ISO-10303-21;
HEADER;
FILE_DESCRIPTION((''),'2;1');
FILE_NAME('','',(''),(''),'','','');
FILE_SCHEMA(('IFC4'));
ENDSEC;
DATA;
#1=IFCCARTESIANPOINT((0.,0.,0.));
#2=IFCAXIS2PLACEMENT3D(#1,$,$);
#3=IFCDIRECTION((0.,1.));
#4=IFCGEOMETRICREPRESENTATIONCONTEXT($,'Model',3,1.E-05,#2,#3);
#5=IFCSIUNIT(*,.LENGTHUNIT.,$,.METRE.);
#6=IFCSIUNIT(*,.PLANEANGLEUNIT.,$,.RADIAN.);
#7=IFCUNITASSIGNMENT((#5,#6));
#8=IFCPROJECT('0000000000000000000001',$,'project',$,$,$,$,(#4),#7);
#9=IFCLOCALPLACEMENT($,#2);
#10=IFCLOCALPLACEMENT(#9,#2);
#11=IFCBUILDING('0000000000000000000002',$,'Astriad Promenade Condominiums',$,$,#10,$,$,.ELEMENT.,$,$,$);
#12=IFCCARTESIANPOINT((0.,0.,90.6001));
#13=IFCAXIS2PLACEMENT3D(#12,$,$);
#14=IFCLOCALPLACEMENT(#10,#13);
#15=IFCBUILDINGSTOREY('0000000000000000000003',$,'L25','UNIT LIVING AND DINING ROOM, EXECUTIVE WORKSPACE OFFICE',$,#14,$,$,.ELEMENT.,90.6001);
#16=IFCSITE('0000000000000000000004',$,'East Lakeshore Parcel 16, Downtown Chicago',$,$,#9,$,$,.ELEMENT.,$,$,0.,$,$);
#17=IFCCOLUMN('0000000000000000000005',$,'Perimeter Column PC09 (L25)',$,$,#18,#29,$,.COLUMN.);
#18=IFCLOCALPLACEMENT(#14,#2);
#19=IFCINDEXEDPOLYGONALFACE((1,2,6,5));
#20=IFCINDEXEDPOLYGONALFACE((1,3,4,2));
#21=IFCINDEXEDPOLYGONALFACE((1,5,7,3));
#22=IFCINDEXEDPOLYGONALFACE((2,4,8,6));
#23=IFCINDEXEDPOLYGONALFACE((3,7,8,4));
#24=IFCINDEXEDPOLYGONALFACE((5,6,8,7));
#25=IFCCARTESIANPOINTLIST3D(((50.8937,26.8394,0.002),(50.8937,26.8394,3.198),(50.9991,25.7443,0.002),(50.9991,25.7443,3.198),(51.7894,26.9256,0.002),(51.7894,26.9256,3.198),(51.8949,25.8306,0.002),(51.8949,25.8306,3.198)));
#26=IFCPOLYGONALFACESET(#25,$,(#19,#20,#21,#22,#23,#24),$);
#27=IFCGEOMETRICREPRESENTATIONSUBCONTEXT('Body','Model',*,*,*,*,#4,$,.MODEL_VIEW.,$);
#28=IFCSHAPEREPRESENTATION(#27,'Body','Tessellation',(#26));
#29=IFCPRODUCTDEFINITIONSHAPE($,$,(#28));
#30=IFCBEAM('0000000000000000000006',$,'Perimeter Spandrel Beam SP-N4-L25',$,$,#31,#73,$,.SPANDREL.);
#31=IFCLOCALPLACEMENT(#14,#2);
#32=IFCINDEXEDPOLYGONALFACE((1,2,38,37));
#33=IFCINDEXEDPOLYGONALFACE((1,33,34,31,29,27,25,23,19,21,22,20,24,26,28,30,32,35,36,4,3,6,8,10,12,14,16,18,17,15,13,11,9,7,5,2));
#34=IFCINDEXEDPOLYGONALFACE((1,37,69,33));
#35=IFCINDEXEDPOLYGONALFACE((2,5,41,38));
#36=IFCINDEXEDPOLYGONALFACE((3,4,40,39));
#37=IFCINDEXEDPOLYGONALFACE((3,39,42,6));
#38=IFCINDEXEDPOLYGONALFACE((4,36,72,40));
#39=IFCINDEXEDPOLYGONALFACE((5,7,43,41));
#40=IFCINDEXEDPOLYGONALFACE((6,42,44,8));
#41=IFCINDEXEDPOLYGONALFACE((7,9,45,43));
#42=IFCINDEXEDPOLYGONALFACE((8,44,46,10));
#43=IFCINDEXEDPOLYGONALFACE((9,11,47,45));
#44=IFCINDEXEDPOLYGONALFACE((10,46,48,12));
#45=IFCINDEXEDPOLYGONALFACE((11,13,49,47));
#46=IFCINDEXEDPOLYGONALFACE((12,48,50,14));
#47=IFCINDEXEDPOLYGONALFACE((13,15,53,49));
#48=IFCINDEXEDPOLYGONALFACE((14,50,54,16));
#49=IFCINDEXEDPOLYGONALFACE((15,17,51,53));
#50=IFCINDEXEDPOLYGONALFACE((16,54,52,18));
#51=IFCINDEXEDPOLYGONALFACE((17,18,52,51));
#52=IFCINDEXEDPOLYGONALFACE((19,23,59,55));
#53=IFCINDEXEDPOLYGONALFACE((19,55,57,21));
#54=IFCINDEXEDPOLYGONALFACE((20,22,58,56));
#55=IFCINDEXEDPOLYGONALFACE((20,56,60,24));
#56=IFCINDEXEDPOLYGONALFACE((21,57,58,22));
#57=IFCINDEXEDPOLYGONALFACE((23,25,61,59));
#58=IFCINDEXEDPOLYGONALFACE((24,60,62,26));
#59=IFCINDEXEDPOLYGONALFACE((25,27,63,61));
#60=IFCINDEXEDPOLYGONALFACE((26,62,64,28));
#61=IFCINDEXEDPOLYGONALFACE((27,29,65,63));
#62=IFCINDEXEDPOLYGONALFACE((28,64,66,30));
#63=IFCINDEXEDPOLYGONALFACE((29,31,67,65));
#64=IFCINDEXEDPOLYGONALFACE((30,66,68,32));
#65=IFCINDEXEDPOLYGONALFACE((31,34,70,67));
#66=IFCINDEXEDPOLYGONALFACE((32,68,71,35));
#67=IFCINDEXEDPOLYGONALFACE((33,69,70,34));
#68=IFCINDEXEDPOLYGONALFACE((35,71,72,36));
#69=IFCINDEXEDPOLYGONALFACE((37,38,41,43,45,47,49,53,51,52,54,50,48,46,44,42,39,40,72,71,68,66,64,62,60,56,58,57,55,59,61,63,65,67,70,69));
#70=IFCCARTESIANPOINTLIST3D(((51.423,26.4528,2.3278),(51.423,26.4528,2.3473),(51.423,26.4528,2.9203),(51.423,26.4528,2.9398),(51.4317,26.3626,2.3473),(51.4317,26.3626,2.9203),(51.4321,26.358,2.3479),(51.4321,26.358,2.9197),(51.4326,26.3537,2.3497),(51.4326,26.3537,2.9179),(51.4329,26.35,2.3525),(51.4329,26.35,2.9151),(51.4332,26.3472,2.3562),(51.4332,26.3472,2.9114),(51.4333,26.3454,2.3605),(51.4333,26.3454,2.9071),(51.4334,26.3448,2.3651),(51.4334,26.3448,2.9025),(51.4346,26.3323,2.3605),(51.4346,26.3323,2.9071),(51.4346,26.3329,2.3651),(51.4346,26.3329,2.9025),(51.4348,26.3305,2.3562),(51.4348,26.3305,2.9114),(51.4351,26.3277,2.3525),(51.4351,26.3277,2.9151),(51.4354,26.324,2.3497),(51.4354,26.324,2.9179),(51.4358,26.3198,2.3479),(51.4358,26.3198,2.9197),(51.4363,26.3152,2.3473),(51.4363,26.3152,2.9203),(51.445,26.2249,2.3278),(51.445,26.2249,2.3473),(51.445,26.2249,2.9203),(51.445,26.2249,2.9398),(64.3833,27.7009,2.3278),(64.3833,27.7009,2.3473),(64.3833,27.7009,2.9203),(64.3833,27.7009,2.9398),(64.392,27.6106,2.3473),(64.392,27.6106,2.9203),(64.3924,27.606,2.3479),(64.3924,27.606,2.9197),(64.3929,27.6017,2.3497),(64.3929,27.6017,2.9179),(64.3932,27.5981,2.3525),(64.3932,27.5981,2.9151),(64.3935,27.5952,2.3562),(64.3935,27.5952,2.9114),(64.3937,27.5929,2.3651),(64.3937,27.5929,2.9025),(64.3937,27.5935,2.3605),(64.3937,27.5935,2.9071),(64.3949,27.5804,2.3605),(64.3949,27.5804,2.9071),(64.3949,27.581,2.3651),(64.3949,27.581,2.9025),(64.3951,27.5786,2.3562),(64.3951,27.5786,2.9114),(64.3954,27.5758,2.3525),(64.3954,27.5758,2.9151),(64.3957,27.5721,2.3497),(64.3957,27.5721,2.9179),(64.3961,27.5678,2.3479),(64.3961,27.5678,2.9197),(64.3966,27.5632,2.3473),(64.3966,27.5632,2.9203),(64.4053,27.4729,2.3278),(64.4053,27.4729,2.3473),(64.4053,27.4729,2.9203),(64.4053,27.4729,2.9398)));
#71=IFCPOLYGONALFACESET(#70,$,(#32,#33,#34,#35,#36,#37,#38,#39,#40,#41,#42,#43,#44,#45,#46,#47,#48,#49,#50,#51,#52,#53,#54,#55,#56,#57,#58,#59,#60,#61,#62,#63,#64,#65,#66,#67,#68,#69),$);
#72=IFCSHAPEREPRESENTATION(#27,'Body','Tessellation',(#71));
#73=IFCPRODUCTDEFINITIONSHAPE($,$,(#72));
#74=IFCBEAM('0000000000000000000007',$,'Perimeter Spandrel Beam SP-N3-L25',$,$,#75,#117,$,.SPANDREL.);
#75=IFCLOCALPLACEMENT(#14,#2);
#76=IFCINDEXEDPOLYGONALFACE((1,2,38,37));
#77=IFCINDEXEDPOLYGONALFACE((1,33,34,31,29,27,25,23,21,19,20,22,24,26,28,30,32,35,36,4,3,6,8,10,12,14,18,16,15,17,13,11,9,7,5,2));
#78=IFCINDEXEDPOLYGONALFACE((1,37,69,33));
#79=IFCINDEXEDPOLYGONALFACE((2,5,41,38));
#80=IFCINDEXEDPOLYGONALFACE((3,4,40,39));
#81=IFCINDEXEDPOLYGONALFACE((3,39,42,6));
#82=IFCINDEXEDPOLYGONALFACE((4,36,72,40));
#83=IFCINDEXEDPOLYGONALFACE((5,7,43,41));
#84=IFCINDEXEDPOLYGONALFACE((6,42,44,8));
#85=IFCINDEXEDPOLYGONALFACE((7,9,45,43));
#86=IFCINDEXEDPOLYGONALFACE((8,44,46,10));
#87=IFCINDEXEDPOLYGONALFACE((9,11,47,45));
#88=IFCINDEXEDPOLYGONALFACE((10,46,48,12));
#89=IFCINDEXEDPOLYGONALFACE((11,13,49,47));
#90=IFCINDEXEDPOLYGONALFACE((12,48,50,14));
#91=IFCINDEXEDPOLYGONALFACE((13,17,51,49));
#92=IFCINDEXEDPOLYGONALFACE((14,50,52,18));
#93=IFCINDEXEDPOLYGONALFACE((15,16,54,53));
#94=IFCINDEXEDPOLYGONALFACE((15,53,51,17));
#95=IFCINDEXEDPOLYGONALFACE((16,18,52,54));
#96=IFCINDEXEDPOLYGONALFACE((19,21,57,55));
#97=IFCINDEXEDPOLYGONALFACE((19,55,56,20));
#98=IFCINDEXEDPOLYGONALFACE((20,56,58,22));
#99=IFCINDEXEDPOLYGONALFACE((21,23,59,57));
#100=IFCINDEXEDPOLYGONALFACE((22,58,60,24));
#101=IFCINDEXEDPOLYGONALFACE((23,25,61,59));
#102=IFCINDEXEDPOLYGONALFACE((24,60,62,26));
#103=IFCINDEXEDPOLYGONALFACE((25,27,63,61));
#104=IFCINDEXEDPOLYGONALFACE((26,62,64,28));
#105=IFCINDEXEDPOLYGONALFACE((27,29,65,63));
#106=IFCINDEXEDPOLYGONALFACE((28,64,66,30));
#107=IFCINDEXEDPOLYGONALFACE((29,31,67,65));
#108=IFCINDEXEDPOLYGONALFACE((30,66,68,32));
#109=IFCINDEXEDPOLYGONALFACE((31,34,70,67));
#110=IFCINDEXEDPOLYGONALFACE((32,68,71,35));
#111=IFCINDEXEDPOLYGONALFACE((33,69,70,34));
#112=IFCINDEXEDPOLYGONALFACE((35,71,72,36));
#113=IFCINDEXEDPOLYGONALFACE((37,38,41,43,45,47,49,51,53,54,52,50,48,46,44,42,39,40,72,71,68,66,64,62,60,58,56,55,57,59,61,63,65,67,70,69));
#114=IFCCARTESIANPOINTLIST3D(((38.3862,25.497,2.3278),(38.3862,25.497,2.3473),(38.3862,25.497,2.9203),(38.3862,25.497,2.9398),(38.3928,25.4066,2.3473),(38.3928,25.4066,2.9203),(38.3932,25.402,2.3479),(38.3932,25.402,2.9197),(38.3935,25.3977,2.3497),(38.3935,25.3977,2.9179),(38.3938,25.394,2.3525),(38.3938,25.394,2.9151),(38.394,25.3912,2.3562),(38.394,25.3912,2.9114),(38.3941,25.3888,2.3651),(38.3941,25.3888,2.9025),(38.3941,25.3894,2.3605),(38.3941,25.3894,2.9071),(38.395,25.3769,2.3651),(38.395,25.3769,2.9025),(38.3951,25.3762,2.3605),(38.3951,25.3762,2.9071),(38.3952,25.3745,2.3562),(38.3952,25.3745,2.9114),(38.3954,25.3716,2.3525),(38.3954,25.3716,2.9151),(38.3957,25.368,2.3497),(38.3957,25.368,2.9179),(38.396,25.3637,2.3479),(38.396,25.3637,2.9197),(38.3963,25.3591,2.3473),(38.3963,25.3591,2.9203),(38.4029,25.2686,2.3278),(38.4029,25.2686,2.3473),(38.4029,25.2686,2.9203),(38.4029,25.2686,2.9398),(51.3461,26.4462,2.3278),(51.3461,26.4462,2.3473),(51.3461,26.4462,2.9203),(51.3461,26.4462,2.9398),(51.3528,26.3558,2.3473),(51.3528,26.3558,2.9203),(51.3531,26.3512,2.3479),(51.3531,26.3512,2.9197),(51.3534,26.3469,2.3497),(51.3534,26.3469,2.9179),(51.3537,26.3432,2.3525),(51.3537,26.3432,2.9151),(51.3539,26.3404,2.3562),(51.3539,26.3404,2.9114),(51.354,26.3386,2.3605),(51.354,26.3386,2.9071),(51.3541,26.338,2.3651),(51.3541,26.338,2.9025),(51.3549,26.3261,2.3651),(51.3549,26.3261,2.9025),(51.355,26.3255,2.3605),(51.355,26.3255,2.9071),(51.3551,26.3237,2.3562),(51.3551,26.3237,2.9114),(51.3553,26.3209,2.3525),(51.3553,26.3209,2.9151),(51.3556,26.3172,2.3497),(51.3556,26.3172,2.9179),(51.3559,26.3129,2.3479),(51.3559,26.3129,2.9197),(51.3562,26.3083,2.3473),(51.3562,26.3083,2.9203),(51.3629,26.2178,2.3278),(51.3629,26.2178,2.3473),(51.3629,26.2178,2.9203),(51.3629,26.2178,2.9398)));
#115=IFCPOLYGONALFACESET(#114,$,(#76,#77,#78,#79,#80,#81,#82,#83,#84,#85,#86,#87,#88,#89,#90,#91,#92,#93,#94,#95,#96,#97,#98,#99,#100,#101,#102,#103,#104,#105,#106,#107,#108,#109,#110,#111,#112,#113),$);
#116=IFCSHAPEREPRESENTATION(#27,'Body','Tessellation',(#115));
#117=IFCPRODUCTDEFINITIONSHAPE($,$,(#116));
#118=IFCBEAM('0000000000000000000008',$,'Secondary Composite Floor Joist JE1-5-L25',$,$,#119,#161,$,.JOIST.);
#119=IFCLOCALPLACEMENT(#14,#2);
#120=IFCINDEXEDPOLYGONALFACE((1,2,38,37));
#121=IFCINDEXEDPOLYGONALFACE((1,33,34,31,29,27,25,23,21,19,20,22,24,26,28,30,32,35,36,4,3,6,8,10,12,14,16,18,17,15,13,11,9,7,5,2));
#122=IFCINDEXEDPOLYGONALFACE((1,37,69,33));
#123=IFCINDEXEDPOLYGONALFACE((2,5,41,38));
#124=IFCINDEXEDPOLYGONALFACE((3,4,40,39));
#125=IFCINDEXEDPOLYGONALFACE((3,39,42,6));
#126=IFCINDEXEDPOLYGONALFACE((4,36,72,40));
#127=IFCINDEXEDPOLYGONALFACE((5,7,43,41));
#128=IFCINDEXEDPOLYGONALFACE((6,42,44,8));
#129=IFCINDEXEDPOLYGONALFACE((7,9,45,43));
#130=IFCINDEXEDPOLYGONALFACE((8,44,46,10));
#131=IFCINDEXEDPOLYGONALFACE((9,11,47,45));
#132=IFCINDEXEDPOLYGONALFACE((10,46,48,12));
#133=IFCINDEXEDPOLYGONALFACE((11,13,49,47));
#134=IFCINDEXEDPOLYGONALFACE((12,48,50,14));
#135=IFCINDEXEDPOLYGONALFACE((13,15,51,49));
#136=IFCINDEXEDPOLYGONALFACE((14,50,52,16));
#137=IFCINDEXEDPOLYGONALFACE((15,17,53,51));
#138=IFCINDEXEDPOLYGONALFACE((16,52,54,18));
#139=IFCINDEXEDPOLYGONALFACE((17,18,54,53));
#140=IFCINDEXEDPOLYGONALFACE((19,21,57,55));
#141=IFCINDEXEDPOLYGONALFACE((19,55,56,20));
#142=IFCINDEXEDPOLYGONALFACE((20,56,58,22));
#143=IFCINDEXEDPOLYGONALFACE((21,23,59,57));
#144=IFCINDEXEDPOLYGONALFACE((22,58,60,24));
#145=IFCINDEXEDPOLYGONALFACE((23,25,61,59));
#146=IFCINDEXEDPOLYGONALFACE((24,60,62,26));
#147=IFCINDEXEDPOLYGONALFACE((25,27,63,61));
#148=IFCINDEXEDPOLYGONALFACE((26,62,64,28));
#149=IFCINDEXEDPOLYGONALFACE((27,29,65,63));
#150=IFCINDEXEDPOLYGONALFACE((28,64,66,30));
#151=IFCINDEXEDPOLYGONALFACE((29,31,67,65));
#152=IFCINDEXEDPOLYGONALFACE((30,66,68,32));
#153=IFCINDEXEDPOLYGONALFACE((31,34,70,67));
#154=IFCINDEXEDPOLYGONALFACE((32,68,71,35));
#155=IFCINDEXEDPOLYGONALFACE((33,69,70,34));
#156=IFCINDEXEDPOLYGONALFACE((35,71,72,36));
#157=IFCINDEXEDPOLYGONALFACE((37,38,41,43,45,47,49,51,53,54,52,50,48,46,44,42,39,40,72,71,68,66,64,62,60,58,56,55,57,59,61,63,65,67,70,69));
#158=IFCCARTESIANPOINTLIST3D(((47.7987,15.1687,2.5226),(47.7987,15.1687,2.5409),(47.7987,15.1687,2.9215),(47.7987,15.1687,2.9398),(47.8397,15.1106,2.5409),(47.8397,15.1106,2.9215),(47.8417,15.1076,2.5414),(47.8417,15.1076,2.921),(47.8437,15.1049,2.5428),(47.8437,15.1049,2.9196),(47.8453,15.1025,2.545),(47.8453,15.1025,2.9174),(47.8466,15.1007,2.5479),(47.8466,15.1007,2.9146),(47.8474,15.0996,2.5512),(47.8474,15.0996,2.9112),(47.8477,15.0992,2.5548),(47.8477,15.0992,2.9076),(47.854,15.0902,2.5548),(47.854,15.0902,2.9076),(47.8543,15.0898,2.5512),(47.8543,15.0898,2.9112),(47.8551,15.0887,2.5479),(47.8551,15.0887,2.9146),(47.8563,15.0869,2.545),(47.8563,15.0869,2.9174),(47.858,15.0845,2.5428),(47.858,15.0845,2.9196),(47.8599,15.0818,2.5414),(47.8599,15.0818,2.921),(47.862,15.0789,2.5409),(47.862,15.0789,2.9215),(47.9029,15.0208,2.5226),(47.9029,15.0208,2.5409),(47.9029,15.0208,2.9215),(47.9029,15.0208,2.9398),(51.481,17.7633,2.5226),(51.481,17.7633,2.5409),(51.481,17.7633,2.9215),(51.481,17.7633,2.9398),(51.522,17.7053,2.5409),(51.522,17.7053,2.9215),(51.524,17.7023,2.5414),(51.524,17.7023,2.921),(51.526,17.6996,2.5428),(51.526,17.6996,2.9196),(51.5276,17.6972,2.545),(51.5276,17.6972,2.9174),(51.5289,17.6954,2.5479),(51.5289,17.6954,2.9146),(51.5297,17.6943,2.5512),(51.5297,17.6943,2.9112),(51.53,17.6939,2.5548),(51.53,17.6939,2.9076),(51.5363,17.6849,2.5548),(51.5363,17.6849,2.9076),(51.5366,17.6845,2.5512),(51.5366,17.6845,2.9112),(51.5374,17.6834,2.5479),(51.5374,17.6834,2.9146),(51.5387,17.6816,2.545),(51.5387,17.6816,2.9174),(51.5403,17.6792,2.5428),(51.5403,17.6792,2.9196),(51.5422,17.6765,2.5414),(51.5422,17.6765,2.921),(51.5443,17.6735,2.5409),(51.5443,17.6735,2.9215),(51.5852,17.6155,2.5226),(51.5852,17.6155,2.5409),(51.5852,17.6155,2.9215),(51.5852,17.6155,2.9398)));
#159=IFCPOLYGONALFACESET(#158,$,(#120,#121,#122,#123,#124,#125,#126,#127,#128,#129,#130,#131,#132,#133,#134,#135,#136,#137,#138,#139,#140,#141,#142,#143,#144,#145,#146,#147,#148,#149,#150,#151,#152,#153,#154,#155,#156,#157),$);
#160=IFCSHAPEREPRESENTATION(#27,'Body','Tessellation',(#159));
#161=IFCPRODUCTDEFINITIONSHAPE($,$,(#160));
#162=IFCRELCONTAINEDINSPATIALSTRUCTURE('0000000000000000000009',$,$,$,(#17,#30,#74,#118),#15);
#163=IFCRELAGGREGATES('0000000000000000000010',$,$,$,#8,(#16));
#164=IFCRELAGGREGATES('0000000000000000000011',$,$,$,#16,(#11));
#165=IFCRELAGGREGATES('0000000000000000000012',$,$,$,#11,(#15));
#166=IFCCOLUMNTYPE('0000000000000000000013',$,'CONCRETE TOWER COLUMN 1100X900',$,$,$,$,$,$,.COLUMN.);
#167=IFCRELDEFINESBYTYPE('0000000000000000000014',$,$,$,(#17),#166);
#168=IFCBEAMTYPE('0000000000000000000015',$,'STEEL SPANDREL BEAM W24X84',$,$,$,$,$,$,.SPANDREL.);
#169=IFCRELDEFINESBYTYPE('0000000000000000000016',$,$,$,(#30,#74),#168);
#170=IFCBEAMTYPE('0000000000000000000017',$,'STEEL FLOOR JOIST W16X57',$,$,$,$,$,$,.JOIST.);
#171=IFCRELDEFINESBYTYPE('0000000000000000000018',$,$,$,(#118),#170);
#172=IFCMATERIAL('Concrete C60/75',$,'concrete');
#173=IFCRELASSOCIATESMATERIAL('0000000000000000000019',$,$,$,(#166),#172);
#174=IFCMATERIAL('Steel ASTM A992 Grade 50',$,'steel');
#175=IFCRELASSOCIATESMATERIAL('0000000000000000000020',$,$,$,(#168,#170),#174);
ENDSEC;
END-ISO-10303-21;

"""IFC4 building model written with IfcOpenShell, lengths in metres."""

from ifc_helpers import new_model, si_unit, direction, frame, origin, origin_2d, place, context, subcontext, project, spatial, rectangle, i_section, extrude, source, transform, mapped, material, material_profile, profile_set, type_object, type_shapes, element, save


model = new_model("IFC4")

# Units and contexts
model_context = context("Model", 3, precision=1e-05, world=origin(), true_north=direction((0.0, 1.0)))
body_context = subcontext(model_context, "Body", "Model", "MODEL_VIEW")
ifc_project = project(units=[si_unit("LENGTHUNIT", "METRE"), si_unit("PLANEANGLEUNIT", "RADIAN")], contexts=[model_context])

# Site, building, storey
site_placement = place(None, origin())
site = spatial("IfcSite", under=ifc_project, at=site_placement, Name="East Lakeshore Parcel 16, Downtown Chicago", CompositionType="ELEMENT", RefElevation=0.0)
building_placement = place(site_placement, origin())
building = spatial("IfcBuilding", under=site, at=building_placement, Name="Astriad Promenade Condominiums", CompositionType="ELEMENT")
storey_placement = place(building_placement, frame((0.0, 0.0, 90.6001)))
storey = spatial("IfcBuildingStorey", under=building, at=storey_placement, Name="L25", Description="UNIT LIVING AND DINING ROOM, EXECUTIVE WORKSPACE OFFICE", CompositionType="ELEMENT", Elevation=90.6001)

# Column
ifc_material_1 = material(Name="Concrete C60/75", Category="concrete")
ifc_material_profile_1 = material_profile(ifc_material_1, rectangle(XDim=0.8999, YDim=1.1001, at=origin_2d()), Name="RC-COL-1100X900")
ifc_profile_set_1 = profile_set([ifc_material_profile_1], Name="Concrete C60/75")
column_type = type_object("IfcColumnType", Name="CONCRETE TOWER COLUMN 1100X900", PredefinedType="COLUMN", material=ifc_profile_set_1)
shared_shape_1 = source(origin(), body_context, "Body", "SweptSolid", [
    extrude(rectangle(XDim=0.8999, YDim=1.1001, at=origin_2d()), origin(), (0.0, 0.0, 1.0), 3.196),
])
type_shapes(column_type, [shared_shape_1])
column_placement = place(storey_placement, frame((51.3943, 26.335, 0.002), z_axis=(0.0, 0.0, 1.0), x_axis=(0.995396, 0.095846, 0.0)))
element("IfcColumn", 1, at=column_placement, inside=storey, type_object=column_type, Name="Perimeter Column PC09 (L25)", PredefinedType="COLUMN", context=body_context, shape_type="MappedRepresentation", body=[
    mapped(shared_shape_1, transform((0.0, 0.0, 0.0), scale=1.0)),
])

# Beams
ifc_material_2 = material(Name="Steel ASTM A992 Grade 50", Category="steel")
ifc_material_profile_2 = material_profile(ifc_material_2, i_section(OverallWidth=0.229, OverallDepth=0.6121, WebThickness=0.012, FlangeThickness=0.0195, FilletRadius=0.0178, at=origin_2d()), Name="W24X84")
ifc_profile_set_2 = profile_set([ifc_material_profile_2], Name="Steel ASTM A992 Grade 50")
beam_type_1 = type_object("IfcBeamType", Name="STEEL SPANDREL BEAM W24X84", PredefinedType="SPANDREL", material=ifc_profile_set_2)
shared_shape_2 = source(origin(), body_context, "Body", "SweptSolid", [
    extrude(i_section(OverallWidth=0.229, OverallDepth=0.6121, WebThickness=0.012, FlangeThickness=0.0195, FilletRadius=0.0178, at=origin_2d()), origin(), (0.0, 0.0, 1.0), 13.0203),
])
beam_1_placement = place(storey_placement, frame((64.3943, 27.5869, 2.6338), z_axis=(-0.995395, -0.095855, 0.0), x_axis=(0.095855, -0.995395, 0.0)))
element("IfcBeam", 2, at=beam_1_placement, inside=storey, type_object=beam_type_1, Name="Perimeter Spandrel Beam SP-N4-L25", PredefinedType="SPANDREL", context=body_context, shape_type="MappedRepresentation", body=[
    mapped(shared_shape_2, transform((0.0, 0.0, 0.0), scale=1.0)),
])
shared_shape_3 = source(origin(), body_context, "Body", "SweptSolid", [
    extrude(i_section(OverallWidth=0.229, OverallDepth=0.6121, WebThickness=0.012, FlangeThickness=0.0195, FilletRadius=0.0178, at=origin_2d()), origin(), (0.0, 0.0, 1.0), 12.9946),
])
type_shapes(beam_type_1, [shared_shape_2, shared_shape_3])
beam_2_placement = place(storey_placement, frame((51.3545, 26.332, 2.6338), z_axis=(-0.997329, -0.073047, 0.0), x_axis=(0.073047, -0.997329, 0.0)))
element("IfcBeam", 3, at=beam_2_placement, inside=storey, type_object=beam_type_1, Name="Perimeter Spandrel Beam SP-N3-L25", PredefinedType="SPANDREL", context=body_context, shape_type="MappedRepresentation", body=[
    mapped(shared_shape_3, transform((0.0, 0.0, 0.0), scale=1.0)),
])
ifc_material_profile_3 = material_profile(ifc_material_2, i_section(OverallWidth=0.1809, OverallDepth=0.4172, WebThickness=0.011, FlangeThickness=0.0183, FilletRadius=0.0139, at=origin_2d()), Name="W16X57")
ifc_profile_set_3 = profile_set([ifc_material_profile_3], Name="Steel ASTM A992 Grade 50")
beam_type_2 = type_object("IfcBeamType", Name="STEEL FLOOR JOIST W16X57", PredefinedType="JOIST", material=ifc_profile_set_3)
shared_shape_4 = source(origin(), body_context, "Body", "SweptSolid", [
    extrude(i_section(OverallWidth=0.1809, OverallDepth=0.4172, WebThickness=0.011, FlangeThickness=0.0183, FilletRadius=0.0139, at=origin_2d()), origin(), (0.0, 0.0, 1.0), 4.5046),
])
type_shapes(beam_type_2, [shared_shape_4])
beam_3_placement = place(storey_placement, frame((47.8508, 15.0947, 2.7312), z_axis=(0.817448, 0.576002, 0.0), x_axis=(-0.576002, 0.817448, 0.0)))
element("IfcBeam", 4, at=beam_3_placement, inside=storey, type_object=beam_type_2, Name="Secondary Composite Floor Joist JE1-5-L25", PredefinedType="JOIST", context=body_context, shape_type="MappedRepresentation", body=[
    mapped(shared_shape_4, transform((0.0, 0.0, 0.0), scale=1.0)),
])

save(model, "model.ifc")
